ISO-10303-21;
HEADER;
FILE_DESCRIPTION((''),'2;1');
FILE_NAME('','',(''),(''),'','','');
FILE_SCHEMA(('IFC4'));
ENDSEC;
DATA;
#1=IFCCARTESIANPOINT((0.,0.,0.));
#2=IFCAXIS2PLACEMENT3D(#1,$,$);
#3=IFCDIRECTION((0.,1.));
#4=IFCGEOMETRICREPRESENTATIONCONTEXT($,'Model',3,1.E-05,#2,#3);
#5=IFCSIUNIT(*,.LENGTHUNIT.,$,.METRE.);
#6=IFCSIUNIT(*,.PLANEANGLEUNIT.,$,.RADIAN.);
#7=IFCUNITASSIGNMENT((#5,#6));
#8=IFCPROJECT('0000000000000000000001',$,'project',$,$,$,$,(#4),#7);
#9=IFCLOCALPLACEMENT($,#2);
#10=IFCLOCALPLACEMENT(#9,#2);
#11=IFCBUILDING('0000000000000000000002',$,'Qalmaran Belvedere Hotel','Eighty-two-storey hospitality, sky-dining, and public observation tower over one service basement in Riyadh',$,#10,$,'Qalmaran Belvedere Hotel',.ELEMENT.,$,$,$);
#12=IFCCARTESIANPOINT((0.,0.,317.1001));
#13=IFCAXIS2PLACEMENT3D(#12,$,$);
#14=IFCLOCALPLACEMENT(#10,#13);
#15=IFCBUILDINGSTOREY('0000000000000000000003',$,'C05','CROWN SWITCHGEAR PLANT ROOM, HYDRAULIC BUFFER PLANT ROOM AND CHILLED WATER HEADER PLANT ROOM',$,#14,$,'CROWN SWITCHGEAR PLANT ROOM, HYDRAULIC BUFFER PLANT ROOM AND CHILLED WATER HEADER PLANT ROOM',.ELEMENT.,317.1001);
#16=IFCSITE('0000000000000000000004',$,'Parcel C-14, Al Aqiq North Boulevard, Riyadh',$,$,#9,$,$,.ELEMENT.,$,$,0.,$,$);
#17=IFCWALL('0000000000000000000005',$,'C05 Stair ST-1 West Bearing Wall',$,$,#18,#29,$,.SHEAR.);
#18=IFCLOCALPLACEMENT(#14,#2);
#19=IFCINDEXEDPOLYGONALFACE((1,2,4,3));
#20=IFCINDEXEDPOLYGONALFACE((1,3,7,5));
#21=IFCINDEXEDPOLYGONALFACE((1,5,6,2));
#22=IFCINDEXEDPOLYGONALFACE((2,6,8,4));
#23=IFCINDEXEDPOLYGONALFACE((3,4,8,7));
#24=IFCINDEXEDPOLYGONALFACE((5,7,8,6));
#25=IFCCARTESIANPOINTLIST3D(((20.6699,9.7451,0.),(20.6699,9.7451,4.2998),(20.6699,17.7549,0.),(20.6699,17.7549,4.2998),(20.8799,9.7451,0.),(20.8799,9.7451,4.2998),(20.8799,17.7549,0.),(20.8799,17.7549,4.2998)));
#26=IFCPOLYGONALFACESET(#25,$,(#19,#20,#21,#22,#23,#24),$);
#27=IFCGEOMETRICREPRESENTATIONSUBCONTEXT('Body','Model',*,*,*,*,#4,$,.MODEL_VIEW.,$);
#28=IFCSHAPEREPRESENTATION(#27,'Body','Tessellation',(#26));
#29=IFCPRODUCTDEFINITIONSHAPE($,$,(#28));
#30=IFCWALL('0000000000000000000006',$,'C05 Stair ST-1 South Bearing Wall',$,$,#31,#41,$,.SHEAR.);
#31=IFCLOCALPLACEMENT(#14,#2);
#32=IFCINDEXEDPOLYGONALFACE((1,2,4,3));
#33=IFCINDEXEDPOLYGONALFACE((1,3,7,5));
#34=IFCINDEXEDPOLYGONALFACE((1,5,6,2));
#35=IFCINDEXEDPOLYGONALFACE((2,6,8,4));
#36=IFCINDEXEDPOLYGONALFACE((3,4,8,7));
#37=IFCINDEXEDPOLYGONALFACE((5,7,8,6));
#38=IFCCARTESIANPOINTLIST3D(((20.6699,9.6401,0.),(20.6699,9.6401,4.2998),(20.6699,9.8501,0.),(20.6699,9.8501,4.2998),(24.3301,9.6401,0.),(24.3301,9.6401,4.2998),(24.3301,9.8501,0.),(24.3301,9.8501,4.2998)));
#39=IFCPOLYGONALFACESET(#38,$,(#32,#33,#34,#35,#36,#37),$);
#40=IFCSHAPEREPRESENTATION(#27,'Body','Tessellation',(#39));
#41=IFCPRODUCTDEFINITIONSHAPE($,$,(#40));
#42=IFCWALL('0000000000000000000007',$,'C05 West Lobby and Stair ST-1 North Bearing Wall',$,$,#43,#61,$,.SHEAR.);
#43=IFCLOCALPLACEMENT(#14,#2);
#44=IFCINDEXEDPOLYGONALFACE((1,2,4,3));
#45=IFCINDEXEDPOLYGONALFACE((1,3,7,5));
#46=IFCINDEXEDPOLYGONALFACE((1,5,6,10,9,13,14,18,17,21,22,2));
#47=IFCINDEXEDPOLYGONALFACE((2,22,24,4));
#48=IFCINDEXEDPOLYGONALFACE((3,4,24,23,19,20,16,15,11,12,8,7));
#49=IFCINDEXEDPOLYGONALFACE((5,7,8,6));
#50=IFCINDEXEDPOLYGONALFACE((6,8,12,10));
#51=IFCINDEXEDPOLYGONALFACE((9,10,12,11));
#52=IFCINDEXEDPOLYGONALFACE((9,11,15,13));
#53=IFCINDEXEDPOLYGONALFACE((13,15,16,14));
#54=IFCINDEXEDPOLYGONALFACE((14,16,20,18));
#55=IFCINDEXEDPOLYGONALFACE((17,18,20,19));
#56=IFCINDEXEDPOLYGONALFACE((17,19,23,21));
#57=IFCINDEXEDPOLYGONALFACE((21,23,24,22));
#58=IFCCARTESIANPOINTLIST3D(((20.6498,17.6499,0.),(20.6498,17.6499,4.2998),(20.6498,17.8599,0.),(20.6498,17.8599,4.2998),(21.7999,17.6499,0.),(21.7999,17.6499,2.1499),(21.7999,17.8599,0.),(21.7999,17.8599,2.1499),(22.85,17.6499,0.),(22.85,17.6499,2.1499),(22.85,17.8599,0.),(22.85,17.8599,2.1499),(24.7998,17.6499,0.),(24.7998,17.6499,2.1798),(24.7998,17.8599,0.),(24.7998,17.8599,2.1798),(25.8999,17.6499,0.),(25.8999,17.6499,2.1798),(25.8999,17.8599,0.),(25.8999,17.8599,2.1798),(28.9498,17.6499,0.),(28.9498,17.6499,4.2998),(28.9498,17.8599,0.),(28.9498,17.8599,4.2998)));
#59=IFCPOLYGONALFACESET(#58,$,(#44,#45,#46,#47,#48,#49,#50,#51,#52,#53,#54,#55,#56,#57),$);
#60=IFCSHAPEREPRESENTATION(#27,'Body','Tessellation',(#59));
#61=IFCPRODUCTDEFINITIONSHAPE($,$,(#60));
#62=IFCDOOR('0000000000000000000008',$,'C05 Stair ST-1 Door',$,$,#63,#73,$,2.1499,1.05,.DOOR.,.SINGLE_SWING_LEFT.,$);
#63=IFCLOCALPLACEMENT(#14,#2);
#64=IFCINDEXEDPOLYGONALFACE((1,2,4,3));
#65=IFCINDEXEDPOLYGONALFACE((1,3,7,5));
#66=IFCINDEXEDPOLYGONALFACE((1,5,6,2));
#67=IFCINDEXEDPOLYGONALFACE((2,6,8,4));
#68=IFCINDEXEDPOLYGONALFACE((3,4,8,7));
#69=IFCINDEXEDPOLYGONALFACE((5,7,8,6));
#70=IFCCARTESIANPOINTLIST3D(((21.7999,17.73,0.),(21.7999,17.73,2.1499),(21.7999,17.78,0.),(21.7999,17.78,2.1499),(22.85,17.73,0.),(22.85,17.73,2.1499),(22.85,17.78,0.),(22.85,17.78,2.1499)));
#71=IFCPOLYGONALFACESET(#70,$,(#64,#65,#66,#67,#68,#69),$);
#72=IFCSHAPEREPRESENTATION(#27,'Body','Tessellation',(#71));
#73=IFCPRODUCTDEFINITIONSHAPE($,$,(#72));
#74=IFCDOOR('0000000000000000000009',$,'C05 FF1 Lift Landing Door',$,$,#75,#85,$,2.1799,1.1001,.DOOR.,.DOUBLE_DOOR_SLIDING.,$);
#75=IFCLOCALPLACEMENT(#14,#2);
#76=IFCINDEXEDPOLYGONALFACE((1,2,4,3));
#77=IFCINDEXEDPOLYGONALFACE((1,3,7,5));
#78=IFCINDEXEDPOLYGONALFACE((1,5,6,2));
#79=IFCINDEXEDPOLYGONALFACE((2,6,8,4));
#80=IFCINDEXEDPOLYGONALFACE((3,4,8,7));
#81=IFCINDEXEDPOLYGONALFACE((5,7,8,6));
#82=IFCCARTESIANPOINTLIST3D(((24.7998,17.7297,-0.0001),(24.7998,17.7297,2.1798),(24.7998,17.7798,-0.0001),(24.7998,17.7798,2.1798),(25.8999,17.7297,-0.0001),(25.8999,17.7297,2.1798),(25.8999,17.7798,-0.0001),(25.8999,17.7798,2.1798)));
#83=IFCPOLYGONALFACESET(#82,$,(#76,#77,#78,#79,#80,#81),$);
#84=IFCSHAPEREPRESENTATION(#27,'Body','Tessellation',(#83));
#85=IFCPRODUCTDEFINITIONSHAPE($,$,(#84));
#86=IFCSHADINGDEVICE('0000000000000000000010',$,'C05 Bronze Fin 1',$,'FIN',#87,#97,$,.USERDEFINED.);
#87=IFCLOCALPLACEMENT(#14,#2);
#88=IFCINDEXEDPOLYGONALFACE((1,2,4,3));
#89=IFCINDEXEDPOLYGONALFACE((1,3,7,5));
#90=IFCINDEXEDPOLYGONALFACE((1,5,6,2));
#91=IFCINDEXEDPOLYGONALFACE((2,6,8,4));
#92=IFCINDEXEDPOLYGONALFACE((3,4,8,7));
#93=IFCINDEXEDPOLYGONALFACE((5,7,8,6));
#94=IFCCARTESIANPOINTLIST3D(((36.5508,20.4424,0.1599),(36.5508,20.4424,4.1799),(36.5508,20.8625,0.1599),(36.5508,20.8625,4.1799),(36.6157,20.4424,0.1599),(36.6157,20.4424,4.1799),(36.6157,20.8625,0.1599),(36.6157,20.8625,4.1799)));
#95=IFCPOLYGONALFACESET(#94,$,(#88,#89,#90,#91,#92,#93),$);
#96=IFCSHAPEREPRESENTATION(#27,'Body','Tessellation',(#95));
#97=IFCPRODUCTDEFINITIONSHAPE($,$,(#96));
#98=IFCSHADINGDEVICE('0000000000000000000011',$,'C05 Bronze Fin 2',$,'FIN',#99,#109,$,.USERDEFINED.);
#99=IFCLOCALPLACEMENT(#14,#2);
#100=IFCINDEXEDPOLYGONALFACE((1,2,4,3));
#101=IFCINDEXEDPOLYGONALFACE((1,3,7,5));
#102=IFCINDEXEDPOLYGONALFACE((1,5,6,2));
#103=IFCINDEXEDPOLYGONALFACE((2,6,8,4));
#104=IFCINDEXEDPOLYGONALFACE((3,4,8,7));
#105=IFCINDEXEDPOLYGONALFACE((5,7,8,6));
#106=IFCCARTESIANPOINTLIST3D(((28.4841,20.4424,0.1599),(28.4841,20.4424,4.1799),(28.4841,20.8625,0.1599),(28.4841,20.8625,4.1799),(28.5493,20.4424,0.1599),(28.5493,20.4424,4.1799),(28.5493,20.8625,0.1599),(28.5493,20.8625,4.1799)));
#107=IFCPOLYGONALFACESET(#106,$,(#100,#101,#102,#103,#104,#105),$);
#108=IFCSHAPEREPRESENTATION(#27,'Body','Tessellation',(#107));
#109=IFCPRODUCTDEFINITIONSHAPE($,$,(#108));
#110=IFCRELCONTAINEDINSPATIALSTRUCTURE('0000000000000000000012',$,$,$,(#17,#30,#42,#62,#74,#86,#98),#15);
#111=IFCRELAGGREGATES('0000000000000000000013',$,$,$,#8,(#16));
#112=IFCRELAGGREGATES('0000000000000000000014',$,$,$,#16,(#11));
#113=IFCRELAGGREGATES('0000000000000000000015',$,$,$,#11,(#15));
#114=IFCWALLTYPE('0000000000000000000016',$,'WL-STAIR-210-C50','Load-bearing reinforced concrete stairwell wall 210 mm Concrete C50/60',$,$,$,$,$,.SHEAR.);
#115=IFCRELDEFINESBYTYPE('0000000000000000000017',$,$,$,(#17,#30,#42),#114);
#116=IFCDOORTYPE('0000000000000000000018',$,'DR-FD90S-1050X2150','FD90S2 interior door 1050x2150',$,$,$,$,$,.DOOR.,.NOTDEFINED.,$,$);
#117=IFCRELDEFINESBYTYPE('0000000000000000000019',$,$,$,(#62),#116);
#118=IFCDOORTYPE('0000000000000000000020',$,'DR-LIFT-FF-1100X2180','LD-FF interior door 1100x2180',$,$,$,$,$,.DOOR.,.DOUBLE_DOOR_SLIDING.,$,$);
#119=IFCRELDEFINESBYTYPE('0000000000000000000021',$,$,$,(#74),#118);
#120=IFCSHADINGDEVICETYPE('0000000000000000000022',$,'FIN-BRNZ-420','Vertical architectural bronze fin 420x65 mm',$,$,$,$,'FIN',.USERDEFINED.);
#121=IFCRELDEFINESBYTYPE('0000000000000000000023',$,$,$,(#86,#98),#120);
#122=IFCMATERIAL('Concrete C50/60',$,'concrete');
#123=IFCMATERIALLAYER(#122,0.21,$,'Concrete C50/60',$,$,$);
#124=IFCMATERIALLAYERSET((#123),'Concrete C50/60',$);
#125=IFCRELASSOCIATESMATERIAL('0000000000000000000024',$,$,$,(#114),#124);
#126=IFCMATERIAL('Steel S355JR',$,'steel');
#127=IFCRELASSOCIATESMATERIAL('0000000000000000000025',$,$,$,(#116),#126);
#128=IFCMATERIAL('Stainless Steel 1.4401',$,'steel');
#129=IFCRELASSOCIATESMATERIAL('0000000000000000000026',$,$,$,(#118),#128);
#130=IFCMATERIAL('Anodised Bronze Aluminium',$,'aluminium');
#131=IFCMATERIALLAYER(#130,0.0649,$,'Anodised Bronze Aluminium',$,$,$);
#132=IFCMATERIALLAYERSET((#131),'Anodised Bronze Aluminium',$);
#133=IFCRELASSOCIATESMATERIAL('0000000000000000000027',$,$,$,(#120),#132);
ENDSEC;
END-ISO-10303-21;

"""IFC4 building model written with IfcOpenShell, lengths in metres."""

from ifc_helpers import new_model, si_unit, direction, frame, frame_2d, origin, place, context, subcontext, project, spatial, polyline, rectangle, outline, extrude, material, layer, layer_set, type_object, element, fill, save


model = new_model("IFC4")

# Units and contexts
model_context = context("Model", 3, precision=1e-05, world=origin(), true_north=direction((0.0, 1.0)))
body_context = subcontext(model_context, "Body", "Model", "MODEL_VIEW")
ifc_project = project(units=[si_unit("LENGTHUNIT", "METRE"), si_unit("PLANEANGLEUNIT", "RADIAN")], contexts=[model_context])

# Site, building, storey
site_placement = place(None, origin())
site = spatial("IfcSite", under=ifc_project, at=site_placement, Name="Parcel C-14, Al Aqiq North Boulevard, Riyadh", CompositionType="ELEMENT", RefElevation=0.0)
building_placement = place(site_placement, origin())
building = spatial("IfcBuilding", under=site, at=building_placement, Name="Qalmaran Belvedere Hotel", Description="Eighty-two-storey hospitality, sky-dining, and public observation tower over one service basement in Riyadh", LongName="Qalmaran Belvedere Hotel", CompositionType="ELEMENT")
storey_placement = place(building_placement, frame((0.0, 0.0, 317.1001)))
storey = spatial("IfcBuildingStorey", under=building, at=storey_placement, Name="C05", Description="CROWN SWITCHGEAR PLANT ROOM, HYDRAULIC BUFFER PLANT ROOM AND CHILLED WATER HEADER PLANT ROOM", LongName="CROWN SWITCHGEAR PLANT ROOM, HYDRAULIC BUFFER PLANT ROOM AND CHILLED WATER HEADER PLANT ROOM", CompositionType="ELEMENT", Elevation=317.1001)

# Shared definitions
ifc_material_1 = material(Name="Anodised Bronze Aluminium", Category="aluminium")

# Shared definitions
ifc_material_2 = material(Name="Concrete C50/60", Category="concrete")

# Walls
ifc_layer_1 = layer(ifc_material_2, 0.21, Name="Concrete C50/60")
ifc_layer_set_1 = layer_set([ifc_layer_1], Name="Concrete C50/60")
wall_type_1 = type_object("IfcWallType", Name="WL-STAIR-210-C50", Description="Load-bearing reinforced concrete stairwell wall 210 mm Concrete C50/60", PredefinedType="SHEAR", material=ifc_layer_set_1)
wall_1_placement = place(storey_placement, frame((20.7749, 9.7451, 0.0), z_axis=(0.0, 0.0, 1.0), x_axis=(0.0, 1.0, 0.0)))
element("IfcWall", 1, at=wall_1_placement, inside=storey, type_object=wall_type_1, Name="C05 Stair ST-1 West Bearing Wall", PredefinedType="SHEAR", context=body_context, shape_type="SweptSolid", body=[
    extrude(rectangle(XDim=8.0098, YDim=0.21, at=frame_2d((4.0049, 0.0))), origin(), (0.0, 0.0, 1.0), 4.2998),
])
wall_2_placement = place(storey_placement, frame((20.6699, 9.7451, 0.0), z_axis=(0.0, 0.0, 1.0), x_axis=(1.0, 0.0, 0.0)))
element("IfcWall", 2, at=wall_2_placement, inside=storey, type_object=wall_type_1, Name="C05 Stair ST-1 South Bearing Wall", PredefinedType="SHEAR", context=body_context, shape_type="SweptSolid", body=[
    extrude(rectangle(XDim=3.6602, YDim=0.21, at=frame_2d((1.8301, 0.0))), origin(), (0.0, 0.0, 1.0), 4.2998),
])

# Wall, openings, doors
wall_3_placement = place(storey_placement, frame((20.6499, 17.7549, 0.0), z_axis=(0.0, 0.0, 1.0), x_axis=(1.0, 0.0, 0.0)))
wall_3 = element("IfcWall", 3, at=wall_3_placement, inside=storey, type_object=wall_type_1, Name="C05 West Lobby and Stair ST-1 North Bearing Wall", PredefinedType="SHEAR", context=body_context, shape_type="SweptSolid", body=[
    extrude(rectangle(XDim=8.3, YDim=0.21, at=frame_2d((4.1499, 0.0))), origin(), (0.0, 0.0, 1.0), 4.2998),
])
opening_1_placement = place(wall_3_placement, frame((2.2, 0.0, 0.0), z_axis=(0.0, 0.0, 1.0), x_axis=(-1.0, 0.0, 0.0)))
opening_1 = element("IfcOpeningElement", 4, at=opening_1_placement, cuts=wall_3, PredefinedType="OPENING", context=body_context, shape_type="SweptSolid", body=[
    extrude(rectangle(XDim=1.05, YDim=2.1499, at=frame_2d((0.5249, 1.075))), frame((0.0, 0.115, 0.0), z_axis=(0.0, -1.0, 0.0), x_axis=(1.0, 0.0, 0.0)), (0.0, 0.0, 1.0), 0.23),
])
opening_2_placement = place(wall_3_placement, frame((4.1499, 0.0, 0.0)))
opening_2 = element("IfcOpeningElement", 5, at=opening_2_placement, cuts=wall_3, PredefinedType="OPENING", context=body_context, shape_type="SweptSolid", body=[
    extrude(rectangle(XDim=1.1001, YDim=2.1799, at=frame_2d((0.55, 1.0898))), frame((0.0, 0.115, 0.0), z_axis=(0.0, -1.0, 0.0), x_axis=(1.0, 0.0, 0.0)), (0.0, 0.0, 1.0), 0.23),
])
ifc_material_3 = material(Name="Steel S355JR", Category="steel")
door_type_1 = type_object("IfcDoorType", Name="DR-FD90S-1050X2150", Description="FD90S2 interior door 1050x2150", OperationType="NOTDEFINED", PredefinedType="DOOR", material=ifc_material_3)
door_1_placement = place(opening_1_placement, origin())
door_1 = element("IfcDoor", 6, at=door_1_placement, inside=storey, type_object=door_type_1, Name="C05 Stair ST-1 Door", OperationType="SINGLE_SWING_LEFT", OverallHeight=2.1499, OverallWidth=1.05, PredefinedType="DOOR", context=body_context, shape_type="SweptSolid", body=[
    extrude(rectangle(XDim=1.05, YDim=2.1499, at=frame_2d((0.5249, 1.075))), frame((0.0, 0.0249, 0.0), z_axis=(0.0, -1.0, 0.0), x_axis=(1.0, 0.0, 0.0)), (0.0, 0.0, 1.0), 0.05),
])
fill(opening_1, door_1)
ifc_material_4 = material(Name="Stainless Steel 1.4401", Category="steel")
door_type_2 = type_object("IfcDoorType", Name="DR-LIFT-FF-1100X2180", Description="LD-FF interior door 1100x2180", OperationType="DOUBLE_DOOR_SLIDING", PredefinedType="DOOR", material=ifc_material_4)
door_2_placement = place(opening_2_placement, origin())
door_2 = element("IfcDoor", 7, at=door_2_placement, inside=storey, type_object=door_type_2, Name="C05 FF1 Lift Landing Door", OperationType="DOUBLE_DOOR_SLIDING", OverallHeight=2.1799, OverallWidth=1.1001, PredefinedType="DOOR", context=body_context, shape_type="SweptSolid", body=[
    extrude(rectangle(XDim=1.1001, YDim=2.1799, at=frame_2d((0.55, 1.0898))), frame((0.0, 0.0249, 0.0), z_axis=(0.0, -1.0, 0.0), x_axis=(1.0, 0.0, 0.0)), (0.0, 0.0, 1.0), 0.05),
])
fill(opening_2, door_2)

# Shading devices
ifc_layer_2 = layer(ifc_material_1, 0.0649, Name="Anodised Bronze Aluminium")
ifc_layer_set_2 = layer_set([ifc_layer_2], Name="Anodised Bronze Aluminium")
shading_device_type = type_object("IfcShadingDeviceType", Name="FIN-BRNZ-420", Description="Vertical architectural bronze fin 420x65 mm", ElementType="FIN", PredefinedType="USERDEFINED", material=ifc_layer_set_2)
shading_device_1_placement = place(storey_placement, frame((0.0, 0.0, 0.1599)))
element("IfcShadingDevice", 8, at=shading_device_1_placement, inside=storey, type_object=shading_device_type, Name="C05 Bronze Fin 1", ObjectType="FIN", PredefinedType="USERDEFINED", context=body_context, shape_type="SweptSolid", body=[
    extrude(outline(polyline([(36.6157, 20.4424), (36.6157, 20.8625), (36.5508, 20.8625), (36.5508, 20.4424), (36.6157, 20.4424)])), origin(), (0.0, 0.0, 1.0), 4.02),
])
shading_device_2_placement = place(storey_placement, frame((0.0, 0.0, 0.1599)))
element("IfcShadingDevice", 9, at=shading_device_2_placement, inside=storey, type_object=shading_device_type, Name="C05 Bronze Fin 2", ObjectType="FIN", PredefinedType="USERDEFINED", context=body_context, shape_type="SweptSolid", body=[
    extrude(outline(polyline([(28.5493, 20.4424), (28.5493, 20.8625), (28.4841, 20.8625), (28.4841, 20.4424), (28.5493, 20.4424)])), origin(), (0.0, 0.0, 1.0), 4.02),
])

save(model, "model.ifc")
